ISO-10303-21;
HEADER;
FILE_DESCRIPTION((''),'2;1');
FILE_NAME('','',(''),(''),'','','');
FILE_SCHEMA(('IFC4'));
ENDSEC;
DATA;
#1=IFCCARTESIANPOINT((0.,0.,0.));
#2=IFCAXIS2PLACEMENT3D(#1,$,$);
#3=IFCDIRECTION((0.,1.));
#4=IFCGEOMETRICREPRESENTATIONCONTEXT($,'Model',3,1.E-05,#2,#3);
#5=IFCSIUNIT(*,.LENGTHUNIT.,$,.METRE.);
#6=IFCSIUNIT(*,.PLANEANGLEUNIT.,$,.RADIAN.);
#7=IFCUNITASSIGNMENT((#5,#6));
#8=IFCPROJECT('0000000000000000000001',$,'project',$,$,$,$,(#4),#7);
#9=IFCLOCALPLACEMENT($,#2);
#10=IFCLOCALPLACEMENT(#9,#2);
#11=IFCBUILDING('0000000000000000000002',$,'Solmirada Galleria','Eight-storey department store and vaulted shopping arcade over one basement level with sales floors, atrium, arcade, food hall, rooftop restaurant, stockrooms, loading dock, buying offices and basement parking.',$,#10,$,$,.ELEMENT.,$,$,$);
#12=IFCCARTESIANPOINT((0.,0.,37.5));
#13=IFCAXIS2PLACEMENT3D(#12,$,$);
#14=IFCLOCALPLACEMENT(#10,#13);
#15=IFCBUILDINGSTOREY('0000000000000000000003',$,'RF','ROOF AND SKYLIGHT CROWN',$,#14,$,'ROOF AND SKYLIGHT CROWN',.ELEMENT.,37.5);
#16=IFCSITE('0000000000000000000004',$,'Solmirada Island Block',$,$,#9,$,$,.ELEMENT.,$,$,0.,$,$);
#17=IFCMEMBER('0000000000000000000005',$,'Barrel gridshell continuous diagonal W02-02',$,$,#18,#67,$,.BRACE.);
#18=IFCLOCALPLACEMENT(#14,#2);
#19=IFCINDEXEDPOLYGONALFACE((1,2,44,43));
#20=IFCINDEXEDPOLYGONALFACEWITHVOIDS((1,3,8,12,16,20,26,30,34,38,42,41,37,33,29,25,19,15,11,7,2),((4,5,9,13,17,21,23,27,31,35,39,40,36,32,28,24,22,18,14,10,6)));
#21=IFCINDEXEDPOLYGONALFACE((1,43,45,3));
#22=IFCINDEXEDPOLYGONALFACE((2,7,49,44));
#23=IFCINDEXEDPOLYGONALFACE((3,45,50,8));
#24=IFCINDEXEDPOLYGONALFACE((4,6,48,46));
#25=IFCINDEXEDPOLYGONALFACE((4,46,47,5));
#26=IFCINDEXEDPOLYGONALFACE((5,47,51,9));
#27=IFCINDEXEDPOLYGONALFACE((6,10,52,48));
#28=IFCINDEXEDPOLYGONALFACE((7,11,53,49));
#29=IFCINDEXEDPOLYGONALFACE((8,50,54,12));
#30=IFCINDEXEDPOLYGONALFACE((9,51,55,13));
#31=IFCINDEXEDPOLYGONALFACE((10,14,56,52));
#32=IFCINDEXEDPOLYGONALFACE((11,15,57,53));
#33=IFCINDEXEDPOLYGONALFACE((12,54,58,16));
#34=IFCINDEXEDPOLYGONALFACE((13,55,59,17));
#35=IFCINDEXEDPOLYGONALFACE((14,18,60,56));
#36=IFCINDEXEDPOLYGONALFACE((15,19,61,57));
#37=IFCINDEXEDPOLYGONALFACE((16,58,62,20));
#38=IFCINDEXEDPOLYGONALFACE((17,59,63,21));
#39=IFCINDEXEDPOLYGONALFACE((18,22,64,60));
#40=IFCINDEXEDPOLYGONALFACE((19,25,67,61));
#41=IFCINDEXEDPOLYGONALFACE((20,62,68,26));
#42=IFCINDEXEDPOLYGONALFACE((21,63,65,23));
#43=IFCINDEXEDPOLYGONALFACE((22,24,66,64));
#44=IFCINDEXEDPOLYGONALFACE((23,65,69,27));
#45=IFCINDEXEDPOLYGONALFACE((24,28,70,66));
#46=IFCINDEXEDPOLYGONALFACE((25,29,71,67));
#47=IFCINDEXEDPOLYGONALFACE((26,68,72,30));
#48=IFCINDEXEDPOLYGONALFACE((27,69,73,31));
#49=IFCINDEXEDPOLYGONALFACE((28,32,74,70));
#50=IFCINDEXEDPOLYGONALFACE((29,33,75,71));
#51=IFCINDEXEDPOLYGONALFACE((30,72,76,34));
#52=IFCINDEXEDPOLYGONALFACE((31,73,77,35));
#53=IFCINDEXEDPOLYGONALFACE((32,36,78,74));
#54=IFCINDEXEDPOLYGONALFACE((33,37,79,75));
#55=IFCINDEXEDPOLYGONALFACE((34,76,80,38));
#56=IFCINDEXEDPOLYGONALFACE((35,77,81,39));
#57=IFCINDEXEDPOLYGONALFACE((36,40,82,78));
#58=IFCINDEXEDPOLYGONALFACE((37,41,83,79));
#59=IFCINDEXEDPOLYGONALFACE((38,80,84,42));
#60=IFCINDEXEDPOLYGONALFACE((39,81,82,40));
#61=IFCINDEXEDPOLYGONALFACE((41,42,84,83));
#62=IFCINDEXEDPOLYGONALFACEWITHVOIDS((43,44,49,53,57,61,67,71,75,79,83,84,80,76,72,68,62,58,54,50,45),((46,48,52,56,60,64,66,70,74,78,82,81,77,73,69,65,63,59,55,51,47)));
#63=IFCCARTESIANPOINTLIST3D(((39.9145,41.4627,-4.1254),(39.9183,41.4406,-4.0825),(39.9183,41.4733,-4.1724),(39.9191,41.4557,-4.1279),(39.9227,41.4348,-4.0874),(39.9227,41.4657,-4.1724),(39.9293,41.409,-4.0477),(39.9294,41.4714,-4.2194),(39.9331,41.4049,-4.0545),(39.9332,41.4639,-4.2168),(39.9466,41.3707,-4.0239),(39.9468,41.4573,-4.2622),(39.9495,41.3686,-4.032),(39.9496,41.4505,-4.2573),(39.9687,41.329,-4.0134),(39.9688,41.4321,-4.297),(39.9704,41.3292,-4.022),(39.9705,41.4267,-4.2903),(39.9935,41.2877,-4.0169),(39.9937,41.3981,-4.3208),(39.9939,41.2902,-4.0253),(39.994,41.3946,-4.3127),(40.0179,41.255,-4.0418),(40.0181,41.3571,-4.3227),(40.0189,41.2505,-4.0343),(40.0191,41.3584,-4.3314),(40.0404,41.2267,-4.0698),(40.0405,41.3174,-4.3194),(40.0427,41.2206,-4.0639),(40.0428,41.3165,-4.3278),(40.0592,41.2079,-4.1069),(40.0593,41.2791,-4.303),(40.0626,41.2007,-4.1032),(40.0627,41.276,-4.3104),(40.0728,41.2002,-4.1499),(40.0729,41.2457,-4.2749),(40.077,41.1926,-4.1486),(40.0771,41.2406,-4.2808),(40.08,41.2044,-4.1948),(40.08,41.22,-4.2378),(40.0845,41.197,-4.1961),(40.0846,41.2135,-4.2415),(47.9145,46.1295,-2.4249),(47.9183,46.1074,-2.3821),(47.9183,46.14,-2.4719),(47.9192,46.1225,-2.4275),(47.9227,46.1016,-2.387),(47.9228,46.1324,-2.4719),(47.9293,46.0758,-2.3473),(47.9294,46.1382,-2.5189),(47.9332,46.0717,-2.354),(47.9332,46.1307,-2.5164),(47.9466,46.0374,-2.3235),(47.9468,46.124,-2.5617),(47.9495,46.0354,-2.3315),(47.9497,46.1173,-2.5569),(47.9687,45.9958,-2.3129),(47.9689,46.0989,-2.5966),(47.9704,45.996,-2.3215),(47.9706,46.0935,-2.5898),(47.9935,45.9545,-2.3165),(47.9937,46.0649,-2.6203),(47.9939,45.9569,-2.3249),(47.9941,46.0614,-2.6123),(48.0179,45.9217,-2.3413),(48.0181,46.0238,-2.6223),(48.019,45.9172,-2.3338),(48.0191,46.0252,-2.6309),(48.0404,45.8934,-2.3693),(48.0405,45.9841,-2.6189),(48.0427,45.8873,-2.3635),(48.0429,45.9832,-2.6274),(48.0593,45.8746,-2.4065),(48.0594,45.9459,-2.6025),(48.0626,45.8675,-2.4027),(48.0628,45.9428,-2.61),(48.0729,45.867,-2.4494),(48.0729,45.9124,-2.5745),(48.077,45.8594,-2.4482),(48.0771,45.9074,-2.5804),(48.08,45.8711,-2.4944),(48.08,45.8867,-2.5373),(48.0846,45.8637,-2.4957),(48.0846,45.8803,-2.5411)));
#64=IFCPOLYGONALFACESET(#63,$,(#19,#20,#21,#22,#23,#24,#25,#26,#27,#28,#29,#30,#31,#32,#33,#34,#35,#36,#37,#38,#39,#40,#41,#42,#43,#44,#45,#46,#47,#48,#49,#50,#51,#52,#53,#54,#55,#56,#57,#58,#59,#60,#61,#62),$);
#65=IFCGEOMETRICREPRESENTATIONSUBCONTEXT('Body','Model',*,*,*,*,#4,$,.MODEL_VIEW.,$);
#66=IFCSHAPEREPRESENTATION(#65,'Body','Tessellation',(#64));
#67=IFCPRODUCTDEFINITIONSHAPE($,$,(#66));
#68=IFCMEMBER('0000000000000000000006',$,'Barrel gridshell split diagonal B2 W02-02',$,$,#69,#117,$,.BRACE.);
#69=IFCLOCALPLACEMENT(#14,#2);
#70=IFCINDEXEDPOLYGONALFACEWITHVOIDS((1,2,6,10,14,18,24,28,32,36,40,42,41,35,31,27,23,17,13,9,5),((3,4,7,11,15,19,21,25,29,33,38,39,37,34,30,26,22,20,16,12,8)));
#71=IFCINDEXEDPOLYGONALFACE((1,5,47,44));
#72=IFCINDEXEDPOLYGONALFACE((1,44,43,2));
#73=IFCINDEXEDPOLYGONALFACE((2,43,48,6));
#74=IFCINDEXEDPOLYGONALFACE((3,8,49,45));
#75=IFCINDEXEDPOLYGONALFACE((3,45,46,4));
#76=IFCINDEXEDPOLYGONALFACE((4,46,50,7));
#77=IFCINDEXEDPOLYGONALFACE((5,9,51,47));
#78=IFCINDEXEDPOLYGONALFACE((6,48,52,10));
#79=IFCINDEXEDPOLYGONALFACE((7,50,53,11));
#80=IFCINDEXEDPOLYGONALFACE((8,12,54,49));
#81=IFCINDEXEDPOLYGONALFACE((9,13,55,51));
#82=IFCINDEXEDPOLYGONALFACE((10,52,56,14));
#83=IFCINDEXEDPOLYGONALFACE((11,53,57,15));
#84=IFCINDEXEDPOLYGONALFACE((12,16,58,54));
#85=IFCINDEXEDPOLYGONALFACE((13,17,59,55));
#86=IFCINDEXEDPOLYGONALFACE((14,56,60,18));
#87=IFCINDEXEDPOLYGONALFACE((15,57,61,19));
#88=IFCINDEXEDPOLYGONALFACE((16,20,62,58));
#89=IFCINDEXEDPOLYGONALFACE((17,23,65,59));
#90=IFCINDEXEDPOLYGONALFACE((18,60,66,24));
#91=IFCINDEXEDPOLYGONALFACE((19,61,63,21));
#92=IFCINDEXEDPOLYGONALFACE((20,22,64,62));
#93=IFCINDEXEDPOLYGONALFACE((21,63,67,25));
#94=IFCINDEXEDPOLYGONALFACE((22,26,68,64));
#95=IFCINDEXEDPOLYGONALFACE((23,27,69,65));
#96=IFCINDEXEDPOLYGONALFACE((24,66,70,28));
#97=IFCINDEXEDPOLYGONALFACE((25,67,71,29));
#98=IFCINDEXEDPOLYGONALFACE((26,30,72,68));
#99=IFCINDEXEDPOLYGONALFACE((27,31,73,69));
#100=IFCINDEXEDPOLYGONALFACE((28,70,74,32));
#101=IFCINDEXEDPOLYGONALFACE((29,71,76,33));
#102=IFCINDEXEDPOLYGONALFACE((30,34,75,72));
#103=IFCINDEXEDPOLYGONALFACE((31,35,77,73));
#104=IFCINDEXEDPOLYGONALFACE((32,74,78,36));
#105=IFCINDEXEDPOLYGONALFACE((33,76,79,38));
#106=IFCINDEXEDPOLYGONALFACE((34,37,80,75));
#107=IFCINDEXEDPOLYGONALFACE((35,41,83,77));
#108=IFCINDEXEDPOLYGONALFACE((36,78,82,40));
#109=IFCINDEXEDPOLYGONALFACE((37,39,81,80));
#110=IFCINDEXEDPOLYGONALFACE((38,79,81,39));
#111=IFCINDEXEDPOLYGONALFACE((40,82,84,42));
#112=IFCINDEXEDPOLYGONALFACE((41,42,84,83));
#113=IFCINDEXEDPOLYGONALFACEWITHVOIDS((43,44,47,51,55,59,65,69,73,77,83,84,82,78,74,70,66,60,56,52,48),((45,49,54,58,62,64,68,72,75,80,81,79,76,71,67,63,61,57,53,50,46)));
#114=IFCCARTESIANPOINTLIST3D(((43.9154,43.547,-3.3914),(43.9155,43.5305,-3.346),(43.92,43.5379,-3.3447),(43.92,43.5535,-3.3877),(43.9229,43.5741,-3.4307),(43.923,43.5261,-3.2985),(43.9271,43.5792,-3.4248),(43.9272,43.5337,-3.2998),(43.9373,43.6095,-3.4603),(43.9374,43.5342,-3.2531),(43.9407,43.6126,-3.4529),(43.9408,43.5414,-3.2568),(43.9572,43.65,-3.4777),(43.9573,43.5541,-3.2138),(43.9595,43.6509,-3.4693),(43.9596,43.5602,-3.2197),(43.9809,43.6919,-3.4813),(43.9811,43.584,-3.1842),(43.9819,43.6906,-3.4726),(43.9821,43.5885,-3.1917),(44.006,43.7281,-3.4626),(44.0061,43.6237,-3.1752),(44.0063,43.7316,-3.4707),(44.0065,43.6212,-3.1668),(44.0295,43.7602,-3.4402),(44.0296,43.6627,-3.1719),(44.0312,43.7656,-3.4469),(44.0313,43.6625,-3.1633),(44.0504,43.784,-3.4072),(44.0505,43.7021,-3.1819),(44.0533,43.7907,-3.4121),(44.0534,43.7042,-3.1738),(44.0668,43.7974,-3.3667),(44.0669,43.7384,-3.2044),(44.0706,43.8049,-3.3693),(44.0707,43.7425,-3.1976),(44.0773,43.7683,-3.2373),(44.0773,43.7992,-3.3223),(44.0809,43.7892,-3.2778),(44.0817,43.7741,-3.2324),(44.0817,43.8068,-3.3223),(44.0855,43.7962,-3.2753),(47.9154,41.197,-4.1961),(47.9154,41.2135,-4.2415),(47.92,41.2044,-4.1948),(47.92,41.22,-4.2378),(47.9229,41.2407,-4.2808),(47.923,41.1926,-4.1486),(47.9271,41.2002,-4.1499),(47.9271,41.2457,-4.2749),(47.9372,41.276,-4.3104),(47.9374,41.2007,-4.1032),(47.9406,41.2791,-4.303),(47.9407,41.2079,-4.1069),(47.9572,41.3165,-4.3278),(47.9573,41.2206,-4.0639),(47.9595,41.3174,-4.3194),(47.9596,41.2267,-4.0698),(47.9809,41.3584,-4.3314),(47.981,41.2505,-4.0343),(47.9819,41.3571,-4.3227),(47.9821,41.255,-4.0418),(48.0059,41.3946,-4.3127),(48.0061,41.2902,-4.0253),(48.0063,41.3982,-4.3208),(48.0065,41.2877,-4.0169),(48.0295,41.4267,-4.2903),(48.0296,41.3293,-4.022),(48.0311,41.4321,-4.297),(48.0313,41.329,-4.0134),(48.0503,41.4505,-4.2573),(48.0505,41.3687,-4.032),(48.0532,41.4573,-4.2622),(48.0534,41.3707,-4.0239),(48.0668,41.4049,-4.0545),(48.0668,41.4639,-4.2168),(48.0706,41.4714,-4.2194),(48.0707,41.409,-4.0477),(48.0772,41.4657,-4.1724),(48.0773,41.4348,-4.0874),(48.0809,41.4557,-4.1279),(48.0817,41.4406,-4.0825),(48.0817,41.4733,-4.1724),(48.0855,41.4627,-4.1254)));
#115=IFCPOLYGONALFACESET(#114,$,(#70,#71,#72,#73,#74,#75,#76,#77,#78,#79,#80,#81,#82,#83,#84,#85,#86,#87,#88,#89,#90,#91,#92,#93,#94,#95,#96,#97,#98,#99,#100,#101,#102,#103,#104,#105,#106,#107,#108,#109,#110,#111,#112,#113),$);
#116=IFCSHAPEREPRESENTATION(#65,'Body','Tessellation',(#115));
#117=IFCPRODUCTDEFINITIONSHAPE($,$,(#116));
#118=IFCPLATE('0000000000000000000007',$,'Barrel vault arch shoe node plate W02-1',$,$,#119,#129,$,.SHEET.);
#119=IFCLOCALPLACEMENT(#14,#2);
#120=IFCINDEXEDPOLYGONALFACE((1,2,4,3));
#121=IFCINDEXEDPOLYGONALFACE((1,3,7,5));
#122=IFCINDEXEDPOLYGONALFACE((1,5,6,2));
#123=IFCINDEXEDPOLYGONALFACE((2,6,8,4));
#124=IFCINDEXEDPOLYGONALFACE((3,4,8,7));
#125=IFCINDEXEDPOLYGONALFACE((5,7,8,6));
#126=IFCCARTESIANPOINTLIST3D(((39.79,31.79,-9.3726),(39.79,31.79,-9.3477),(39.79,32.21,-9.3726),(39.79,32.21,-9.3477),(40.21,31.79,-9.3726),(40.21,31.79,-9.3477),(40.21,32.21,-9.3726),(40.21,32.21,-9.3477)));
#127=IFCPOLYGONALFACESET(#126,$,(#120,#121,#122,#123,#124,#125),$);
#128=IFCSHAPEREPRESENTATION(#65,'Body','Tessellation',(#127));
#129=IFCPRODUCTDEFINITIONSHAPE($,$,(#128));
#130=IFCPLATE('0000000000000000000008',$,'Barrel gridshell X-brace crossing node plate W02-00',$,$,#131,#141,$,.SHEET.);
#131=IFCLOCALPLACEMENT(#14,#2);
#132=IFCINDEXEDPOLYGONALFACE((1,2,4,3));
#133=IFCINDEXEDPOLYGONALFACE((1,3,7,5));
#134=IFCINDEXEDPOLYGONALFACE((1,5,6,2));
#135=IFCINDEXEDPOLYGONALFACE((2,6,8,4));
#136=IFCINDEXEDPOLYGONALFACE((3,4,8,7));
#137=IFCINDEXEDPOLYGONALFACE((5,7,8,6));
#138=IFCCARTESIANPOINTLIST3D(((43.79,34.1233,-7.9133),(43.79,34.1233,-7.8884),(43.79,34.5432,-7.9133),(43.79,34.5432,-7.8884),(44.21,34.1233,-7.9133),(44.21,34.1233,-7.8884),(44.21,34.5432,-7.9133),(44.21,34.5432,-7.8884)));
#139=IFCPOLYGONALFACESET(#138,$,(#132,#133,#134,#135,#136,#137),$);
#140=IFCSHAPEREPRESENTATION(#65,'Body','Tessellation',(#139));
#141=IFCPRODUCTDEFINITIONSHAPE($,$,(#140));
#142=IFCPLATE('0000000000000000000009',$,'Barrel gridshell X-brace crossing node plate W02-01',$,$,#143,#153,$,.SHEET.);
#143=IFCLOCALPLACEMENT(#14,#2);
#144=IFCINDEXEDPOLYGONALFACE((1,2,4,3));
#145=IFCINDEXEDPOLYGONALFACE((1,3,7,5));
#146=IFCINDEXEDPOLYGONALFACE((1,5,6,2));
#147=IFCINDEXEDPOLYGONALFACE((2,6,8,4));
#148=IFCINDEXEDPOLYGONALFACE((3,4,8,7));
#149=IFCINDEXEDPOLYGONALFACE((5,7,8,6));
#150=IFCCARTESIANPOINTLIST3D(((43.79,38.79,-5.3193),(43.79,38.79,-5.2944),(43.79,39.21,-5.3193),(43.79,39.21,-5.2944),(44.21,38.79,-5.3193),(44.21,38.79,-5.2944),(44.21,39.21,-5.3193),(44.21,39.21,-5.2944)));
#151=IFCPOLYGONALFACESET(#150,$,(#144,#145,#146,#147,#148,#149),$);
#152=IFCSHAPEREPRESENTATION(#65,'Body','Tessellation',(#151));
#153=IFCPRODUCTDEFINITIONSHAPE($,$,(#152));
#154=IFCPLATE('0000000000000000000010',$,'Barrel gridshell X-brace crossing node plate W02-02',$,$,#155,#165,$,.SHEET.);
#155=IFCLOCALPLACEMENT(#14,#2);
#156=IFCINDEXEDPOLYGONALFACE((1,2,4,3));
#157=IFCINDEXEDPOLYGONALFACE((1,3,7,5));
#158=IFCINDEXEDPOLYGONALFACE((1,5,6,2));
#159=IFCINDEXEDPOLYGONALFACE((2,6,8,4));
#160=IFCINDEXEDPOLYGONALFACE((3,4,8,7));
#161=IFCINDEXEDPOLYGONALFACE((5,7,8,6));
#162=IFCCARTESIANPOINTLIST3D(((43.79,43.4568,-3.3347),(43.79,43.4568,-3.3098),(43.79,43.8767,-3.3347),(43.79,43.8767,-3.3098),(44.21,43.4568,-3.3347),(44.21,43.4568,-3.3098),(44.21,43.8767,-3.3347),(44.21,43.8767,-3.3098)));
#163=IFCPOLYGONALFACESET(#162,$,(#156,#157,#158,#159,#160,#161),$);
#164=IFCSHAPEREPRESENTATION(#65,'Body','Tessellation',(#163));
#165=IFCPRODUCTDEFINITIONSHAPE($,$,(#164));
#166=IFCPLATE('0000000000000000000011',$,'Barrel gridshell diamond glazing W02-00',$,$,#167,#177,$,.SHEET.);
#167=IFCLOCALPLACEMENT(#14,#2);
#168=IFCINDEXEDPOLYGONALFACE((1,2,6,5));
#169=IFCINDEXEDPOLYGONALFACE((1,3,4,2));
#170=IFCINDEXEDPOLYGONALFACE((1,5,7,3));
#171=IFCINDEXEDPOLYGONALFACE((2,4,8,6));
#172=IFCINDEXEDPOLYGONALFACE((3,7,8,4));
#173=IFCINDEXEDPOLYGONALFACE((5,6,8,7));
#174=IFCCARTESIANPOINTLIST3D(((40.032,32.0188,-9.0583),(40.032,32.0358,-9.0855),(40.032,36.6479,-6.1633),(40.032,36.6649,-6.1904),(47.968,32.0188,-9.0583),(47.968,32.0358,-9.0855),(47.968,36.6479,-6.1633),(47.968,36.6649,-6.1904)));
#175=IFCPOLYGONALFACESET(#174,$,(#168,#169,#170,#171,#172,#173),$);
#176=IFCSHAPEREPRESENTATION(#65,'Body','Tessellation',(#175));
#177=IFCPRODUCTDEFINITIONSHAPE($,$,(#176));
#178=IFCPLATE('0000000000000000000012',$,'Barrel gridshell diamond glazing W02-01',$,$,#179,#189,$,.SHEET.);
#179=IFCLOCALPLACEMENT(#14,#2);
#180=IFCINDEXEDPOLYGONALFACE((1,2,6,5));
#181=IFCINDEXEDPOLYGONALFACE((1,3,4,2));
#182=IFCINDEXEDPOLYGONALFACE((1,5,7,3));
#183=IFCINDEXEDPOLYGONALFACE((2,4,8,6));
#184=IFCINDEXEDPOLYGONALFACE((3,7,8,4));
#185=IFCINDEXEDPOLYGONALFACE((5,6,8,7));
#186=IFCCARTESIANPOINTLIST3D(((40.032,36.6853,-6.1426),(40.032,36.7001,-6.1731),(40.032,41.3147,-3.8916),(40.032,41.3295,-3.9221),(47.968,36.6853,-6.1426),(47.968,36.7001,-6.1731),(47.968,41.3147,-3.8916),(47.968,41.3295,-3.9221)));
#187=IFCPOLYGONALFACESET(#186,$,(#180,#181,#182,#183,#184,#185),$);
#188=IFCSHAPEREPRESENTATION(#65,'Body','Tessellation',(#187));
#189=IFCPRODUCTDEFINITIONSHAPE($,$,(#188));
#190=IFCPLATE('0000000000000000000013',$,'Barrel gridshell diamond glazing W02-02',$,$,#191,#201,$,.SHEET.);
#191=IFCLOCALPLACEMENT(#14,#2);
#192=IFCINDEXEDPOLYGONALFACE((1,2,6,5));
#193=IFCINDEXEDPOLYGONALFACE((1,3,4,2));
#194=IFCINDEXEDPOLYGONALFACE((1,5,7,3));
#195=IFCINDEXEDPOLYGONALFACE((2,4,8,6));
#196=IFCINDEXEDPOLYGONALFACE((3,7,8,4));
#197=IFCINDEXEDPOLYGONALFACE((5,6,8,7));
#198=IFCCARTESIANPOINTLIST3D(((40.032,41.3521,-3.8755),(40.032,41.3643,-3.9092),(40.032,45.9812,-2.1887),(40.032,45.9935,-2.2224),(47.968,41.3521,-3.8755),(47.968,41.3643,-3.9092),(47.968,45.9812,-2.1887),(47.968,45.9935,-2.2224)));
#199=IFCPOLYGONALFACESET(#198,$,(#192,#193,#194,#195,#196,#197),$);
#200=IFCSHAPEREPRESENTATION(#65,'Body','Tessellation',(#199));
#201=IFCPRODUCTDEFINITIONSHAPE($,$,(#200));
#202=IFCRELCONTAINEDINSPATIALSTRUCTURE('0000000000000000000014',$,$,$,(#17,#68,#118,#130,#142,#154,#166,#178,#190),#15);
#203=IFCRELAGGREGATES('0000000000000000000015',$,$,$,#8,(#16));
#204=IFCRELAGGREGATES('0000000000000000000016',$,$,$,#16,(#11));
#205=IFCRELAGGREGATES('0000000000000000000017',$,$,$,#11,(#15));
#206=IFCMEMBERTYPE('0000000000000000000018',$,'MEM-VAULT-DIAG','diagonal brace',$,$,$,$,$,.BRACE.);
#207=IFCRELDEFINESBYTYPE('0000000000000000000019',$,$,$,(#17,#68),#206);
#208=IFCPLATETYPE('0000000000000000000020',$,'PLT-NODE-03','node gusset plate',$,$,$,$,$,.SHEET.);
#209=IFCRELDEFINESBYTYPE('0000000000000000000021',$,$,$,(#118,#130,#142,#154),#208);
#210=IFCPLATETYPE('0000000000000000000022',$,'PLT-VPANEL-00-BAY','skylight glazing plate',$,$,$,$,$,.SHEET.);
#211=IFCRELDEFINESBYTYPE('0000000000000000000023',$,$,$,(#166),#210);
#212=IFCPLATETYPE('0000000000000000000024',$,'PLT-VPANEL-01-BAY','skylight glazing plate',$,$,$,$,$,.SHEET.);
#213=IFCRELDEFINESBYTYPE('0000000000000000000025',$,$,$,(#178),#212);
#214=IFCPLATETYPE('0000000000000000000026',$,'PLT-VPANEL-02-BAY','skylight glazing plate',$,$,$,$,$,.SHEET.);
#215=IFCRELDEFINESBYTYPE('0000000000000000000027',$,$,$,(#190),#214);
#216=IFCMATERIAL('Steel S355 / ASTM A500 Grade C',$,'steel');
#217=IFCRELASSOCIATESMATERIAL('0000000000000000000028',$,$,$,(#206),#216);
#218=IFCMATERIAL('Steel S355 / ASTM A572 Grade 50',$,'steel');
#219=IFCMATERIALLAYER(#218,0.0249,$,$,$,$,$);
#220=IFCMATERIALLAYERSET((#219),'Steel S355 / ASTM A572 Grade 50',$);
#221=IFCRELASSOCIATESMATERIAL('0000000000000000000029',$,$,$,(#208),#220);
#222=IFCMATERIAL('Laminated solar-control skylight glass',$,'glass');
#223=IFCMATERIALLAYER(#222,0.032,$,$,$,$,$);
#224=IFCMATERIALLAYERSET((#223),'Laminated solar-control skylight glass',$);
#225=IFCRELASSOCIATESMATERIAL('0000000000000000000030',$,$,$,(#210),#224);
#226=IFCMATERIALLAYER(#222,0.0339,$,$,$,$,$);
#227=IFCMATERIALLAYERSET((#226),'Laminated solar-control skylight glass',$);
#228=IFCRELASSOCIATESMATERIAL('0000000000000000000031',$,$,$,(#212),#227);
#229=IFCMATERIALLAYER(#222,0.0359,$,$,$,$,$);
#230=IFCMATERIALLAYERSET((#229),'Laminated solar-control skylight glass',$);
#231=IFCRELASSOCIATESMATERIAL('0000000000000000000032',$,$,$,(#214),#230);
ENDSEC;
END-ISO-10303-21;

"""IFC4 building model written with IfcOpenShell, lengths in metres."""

from ifc_helpers import new_model, si_unit, direction, frame, origin, origin_2d, place, context, subcontext, project, spatial, polyline, rectangle, hollow_circle, outline, extrude, material, layer, layer_set, material_profile, profile_set, type_object, element, save


model = new_model("IFC4")

# Units and contexts
model_context = context("Model", 3, precision=1e-05, world=origin(), true_north=direction((0.0, 1.0)))
body_context = subcontext(model_context, "Body", "Model", "MODEL_VIEW")
ifc_project = project(units=[si_unit("LENGTHUNIT", "METRE"), si_unit("PLANEANGLEUNIT", "RADIAN")], contexts=[model_context])

# Site, building, storey
site_placement = place(None, origin())
site = spatial("IfcSite", under=ifc_project, at=site_placement, Name="Solmirada Island Block", CompositionType="ELEMENT", RefElevation=0.0)
building_placement = place(site_placement, origin())
building = spatial("IfcBuilding", under=site, at=building_placement, Name="Solmirada Galleria", Description="Eight-storey department store and vaulted shopping arcade over one basement level with sales floors, atrium, arcade, food hall, rooftop restaurant, stockrooms, loading dock, buying offices and basement parking.", CompositionType="ELEMENT")
storey_placement = place(building_placement, frame((0.0, 0.0, 37.5)))
storey = spatial("IfcBuildingStorey", under=building, at=storey_placement, Name="RF", Description="ROOF AND SKYLIGHT CROWN", LongName="ROOF AND SKYLIGHT CROWN", CompositionType="ELEMENT", Elevation=37.5)

# Members
ifc_material_1 = material(Name="Steel S355 / ASTM A500 Grade C", Category="steel")
ifc_material_profile_1 = material_profile(ifc_material_1, hollow_circle(Radius=0.1621, WallThickness=0.0088, at=origin_2d()), Name="HSS12.750X0.375")
ifc_profile_set_1 = profile_set([ifc_material_profile_1], Name="Steel S355 / ASTM A500 Grade C")
member_type_1 = type_object("IfcMemberType", Name="MEM-VAULT-DIAG", Description="diagonal brace", PredefinedType="BRACE", material=ifc_profile_set_1)
member_1_placement = place(storey_placement, frame((40.0, 41.3333, -4.1724), z_axis=(0.849575, 0.495594, 0.180581), x_axis=(-0.503878, 0.863775, 0.0)))
element("IfcMember", 1, at=member_1_placement, inside=storey, type_object=member_type_1, Name="Barrel gridshell continuous diagonal W02-02", PredefinedType="BRACE", context=body_context, shape_type="SweptSolid", body=[
    extrude(hollow_circle(Radius=0.1621, WallThickness=0.0088, at=origin_2d()), origin(), (0.0, 0.0, 1.0), 9.4165),
])
member_2_placement = place(storey_placement, frame((44.0, 43.6667, -3.3223), z_axis=(0.849568, -0.495616, -0.180554), x_axis=(0.503897, 0.863764, 0.0)))
element("IfcMember", 2, at=member_2_placement, inside=storey, type_object=member_type_1, Name="Barrel gridshell split diagonal B2 W02-02", PredefinedType="BRACE", context=body_context, shape_type="SweptSolid", body=[
    extrude(hollow_circle(Radius=0.1621, WallThickness=0.0088, at=origin_2d()), origin(), (0.0, 0.0, 1.0), 4.7083),
])

# Plates
ifc_material_2 = material(Name="Steel S355 / ASTM A572 Grade 50", Category="steel")
ifc_layer_1 = layer(ifc_material_2, 0.0249)
ifc_layer_set_1 = layer_set([ifc_layer_1], Name="Steel S355 / ASTM A572 Grade 50")
plate_type_1 = type_object("IfcPlateType", Name="PLT-NODE-03", Description="node gusset plate", PredefinedType="SHEET", material=ifc_layer_set_1)
for number, where, z_axis, x_axis, name in (
    (3, (40.0, 32.0, -9.3726), (0.0, 0.0, 1.0), (1.0, 0.0, 0.0), "Barrel vault arch shoe node plate W02-1"),
    (4, (44.0, 34.3333, -7.9133), (0.0, 0.0, 1.0), (1.0, 0.0, 0.0), "Barrel gridshell X-brace crossing node plate W02-00"),
    (5, (44.0, 39.0, -5.3193), (0.0, 0.0, 1.0), (1.0, 0.0, 0.0), "Barrel gridshell X-brace crossing node plate W02-01"),
    (6, (44.0, 43.6667, -3.3347), (0.0, 0.0, 1.0), (1.0, 0.0, 0.0), "Barrel gridshell X-brace crossing node plate W02-02"),
):
    element("IfcPlate", number, at=place(storey_placement, frame(where, z_axis=z_axis, x_axis=x_axis)), inside=storey, type_object=plate_type_1, Name=name, PredefinedType="SHEET", context=body_context, shape_type="SweptSolid", body=[
        extrude(rectangle(XDim=0.4199, YDim=0.4199, at=origin_2d()), origin(), (0.0, 0.0, 1.0), 0.0249),
    ])
ifc_material_3 = material(Name="Laminated solar-control skylight glass", Category="glass")
ifc_layer_2 = layer(ifc_material_3, 0.032)
ifc_layer_set_2 = layer_set([ifc_layer_2], Name="Laminated solar-control skylight glass")
plate_type_2 = type_object("IfcPlateType", Name="PLT-VPANEL-00-BAY", Description="skylight glazing plate", PredefinedType="SHEET", material=ifc_layer_set_2)
plate_1_placement = place(storey_placement, frame((40.032, 32.0188, -9.0583), z_axis=(0.0, -0.530236, 0.84785), x_axis=(1.0, 0.0, 0.0)))
element("IfcPlate", 7, at=plate_1_placement, inside=storey, type_object=plate_type_2, Name="Barrel gridshell diamond glazing W02-00", PredefinedType="SHEET", context=body_context, shape_type="SweptSolid", body=[
    extrude(outline(polyline([(0.0, 0.0), (7.936, 0.0), (7.936, 5.4599), (0.0, 5.4599), (0.0, 0.0)])), origin(), (0.0, 0.0, -1.0), 0.032),
])
ifc_layer_3 = layer(ifc_material_3, 0.0339)
ifc_layer_set_3 = layer_set([ifc_layer_3], Name="Laminated solar-control skylight glass")
plate_type_3 = type_object("IfcPlateType", Name="PLT-VPANEL-01-BAY", Description="skylight glazing plate", PredefinedType="SHEET", material=ifc_layer_set_3)
plate_2_placement = place(storey_placement, frame((40.032, 36.6853, -6.1426), z_axis=(0.0, -0.437283, 0.899324), x_axis=(1.0, 0.0, 0.0)))
element("IfcPlate", 8, at=plate_2_placement, inside=storey, type_object=plate_type_3, Name="Barrel gridshell diamond glazing W02-01", PredefinedType="SHEET", context=body_context, shape_type="SweptSolid", body=[
    extrude(outline(polyline([(0.0, 0.0), (7.936, 0.0), (7.936, 5.1476), (0.0, 5.1476), (0.0, 0.0)])), origin(), (0.0, 0.0, -1.0), 0.0339),
])
ifc_layer_4 = layer(ifc_material_3, 0.0359)
ifc_layer_set_4 = layer_set([ifc_layer_4], Name="Laminated solar-control skylight glass")
plate_type_4 = type_object("IfcPlateType", Name="PLT-VPANEL-02-BAY", Description="skylight glazing plate", PredefinedType="SHEET", material=ifc_layer_set_4)
plate_3_placement = place(storey_placement, frame((40.032, 41.3521, -3.8755), z_axis=(0.0, -0.34236, 0.939569), x_axis=(1.0, 0.0, 0.0)))
element("IfcPlate", 9, at=plate_3_placement, inside=storey, type_object=plate_type_4, Name="Barrel gridshell diamond glazing W02-02", PredefinedType="SHEET", context=body_context, shape_type="SweptSolid", body=[
    extrude(outline(polyline([(0.0, 0.0), (7.936, 0.0), (7.936, 4.9269), (0.0, 4.9269), (0.0, 0.0)])), origin(), (0.0, 0.0, -1.0), 0.0359),
])

save(model, "model.ifc")
